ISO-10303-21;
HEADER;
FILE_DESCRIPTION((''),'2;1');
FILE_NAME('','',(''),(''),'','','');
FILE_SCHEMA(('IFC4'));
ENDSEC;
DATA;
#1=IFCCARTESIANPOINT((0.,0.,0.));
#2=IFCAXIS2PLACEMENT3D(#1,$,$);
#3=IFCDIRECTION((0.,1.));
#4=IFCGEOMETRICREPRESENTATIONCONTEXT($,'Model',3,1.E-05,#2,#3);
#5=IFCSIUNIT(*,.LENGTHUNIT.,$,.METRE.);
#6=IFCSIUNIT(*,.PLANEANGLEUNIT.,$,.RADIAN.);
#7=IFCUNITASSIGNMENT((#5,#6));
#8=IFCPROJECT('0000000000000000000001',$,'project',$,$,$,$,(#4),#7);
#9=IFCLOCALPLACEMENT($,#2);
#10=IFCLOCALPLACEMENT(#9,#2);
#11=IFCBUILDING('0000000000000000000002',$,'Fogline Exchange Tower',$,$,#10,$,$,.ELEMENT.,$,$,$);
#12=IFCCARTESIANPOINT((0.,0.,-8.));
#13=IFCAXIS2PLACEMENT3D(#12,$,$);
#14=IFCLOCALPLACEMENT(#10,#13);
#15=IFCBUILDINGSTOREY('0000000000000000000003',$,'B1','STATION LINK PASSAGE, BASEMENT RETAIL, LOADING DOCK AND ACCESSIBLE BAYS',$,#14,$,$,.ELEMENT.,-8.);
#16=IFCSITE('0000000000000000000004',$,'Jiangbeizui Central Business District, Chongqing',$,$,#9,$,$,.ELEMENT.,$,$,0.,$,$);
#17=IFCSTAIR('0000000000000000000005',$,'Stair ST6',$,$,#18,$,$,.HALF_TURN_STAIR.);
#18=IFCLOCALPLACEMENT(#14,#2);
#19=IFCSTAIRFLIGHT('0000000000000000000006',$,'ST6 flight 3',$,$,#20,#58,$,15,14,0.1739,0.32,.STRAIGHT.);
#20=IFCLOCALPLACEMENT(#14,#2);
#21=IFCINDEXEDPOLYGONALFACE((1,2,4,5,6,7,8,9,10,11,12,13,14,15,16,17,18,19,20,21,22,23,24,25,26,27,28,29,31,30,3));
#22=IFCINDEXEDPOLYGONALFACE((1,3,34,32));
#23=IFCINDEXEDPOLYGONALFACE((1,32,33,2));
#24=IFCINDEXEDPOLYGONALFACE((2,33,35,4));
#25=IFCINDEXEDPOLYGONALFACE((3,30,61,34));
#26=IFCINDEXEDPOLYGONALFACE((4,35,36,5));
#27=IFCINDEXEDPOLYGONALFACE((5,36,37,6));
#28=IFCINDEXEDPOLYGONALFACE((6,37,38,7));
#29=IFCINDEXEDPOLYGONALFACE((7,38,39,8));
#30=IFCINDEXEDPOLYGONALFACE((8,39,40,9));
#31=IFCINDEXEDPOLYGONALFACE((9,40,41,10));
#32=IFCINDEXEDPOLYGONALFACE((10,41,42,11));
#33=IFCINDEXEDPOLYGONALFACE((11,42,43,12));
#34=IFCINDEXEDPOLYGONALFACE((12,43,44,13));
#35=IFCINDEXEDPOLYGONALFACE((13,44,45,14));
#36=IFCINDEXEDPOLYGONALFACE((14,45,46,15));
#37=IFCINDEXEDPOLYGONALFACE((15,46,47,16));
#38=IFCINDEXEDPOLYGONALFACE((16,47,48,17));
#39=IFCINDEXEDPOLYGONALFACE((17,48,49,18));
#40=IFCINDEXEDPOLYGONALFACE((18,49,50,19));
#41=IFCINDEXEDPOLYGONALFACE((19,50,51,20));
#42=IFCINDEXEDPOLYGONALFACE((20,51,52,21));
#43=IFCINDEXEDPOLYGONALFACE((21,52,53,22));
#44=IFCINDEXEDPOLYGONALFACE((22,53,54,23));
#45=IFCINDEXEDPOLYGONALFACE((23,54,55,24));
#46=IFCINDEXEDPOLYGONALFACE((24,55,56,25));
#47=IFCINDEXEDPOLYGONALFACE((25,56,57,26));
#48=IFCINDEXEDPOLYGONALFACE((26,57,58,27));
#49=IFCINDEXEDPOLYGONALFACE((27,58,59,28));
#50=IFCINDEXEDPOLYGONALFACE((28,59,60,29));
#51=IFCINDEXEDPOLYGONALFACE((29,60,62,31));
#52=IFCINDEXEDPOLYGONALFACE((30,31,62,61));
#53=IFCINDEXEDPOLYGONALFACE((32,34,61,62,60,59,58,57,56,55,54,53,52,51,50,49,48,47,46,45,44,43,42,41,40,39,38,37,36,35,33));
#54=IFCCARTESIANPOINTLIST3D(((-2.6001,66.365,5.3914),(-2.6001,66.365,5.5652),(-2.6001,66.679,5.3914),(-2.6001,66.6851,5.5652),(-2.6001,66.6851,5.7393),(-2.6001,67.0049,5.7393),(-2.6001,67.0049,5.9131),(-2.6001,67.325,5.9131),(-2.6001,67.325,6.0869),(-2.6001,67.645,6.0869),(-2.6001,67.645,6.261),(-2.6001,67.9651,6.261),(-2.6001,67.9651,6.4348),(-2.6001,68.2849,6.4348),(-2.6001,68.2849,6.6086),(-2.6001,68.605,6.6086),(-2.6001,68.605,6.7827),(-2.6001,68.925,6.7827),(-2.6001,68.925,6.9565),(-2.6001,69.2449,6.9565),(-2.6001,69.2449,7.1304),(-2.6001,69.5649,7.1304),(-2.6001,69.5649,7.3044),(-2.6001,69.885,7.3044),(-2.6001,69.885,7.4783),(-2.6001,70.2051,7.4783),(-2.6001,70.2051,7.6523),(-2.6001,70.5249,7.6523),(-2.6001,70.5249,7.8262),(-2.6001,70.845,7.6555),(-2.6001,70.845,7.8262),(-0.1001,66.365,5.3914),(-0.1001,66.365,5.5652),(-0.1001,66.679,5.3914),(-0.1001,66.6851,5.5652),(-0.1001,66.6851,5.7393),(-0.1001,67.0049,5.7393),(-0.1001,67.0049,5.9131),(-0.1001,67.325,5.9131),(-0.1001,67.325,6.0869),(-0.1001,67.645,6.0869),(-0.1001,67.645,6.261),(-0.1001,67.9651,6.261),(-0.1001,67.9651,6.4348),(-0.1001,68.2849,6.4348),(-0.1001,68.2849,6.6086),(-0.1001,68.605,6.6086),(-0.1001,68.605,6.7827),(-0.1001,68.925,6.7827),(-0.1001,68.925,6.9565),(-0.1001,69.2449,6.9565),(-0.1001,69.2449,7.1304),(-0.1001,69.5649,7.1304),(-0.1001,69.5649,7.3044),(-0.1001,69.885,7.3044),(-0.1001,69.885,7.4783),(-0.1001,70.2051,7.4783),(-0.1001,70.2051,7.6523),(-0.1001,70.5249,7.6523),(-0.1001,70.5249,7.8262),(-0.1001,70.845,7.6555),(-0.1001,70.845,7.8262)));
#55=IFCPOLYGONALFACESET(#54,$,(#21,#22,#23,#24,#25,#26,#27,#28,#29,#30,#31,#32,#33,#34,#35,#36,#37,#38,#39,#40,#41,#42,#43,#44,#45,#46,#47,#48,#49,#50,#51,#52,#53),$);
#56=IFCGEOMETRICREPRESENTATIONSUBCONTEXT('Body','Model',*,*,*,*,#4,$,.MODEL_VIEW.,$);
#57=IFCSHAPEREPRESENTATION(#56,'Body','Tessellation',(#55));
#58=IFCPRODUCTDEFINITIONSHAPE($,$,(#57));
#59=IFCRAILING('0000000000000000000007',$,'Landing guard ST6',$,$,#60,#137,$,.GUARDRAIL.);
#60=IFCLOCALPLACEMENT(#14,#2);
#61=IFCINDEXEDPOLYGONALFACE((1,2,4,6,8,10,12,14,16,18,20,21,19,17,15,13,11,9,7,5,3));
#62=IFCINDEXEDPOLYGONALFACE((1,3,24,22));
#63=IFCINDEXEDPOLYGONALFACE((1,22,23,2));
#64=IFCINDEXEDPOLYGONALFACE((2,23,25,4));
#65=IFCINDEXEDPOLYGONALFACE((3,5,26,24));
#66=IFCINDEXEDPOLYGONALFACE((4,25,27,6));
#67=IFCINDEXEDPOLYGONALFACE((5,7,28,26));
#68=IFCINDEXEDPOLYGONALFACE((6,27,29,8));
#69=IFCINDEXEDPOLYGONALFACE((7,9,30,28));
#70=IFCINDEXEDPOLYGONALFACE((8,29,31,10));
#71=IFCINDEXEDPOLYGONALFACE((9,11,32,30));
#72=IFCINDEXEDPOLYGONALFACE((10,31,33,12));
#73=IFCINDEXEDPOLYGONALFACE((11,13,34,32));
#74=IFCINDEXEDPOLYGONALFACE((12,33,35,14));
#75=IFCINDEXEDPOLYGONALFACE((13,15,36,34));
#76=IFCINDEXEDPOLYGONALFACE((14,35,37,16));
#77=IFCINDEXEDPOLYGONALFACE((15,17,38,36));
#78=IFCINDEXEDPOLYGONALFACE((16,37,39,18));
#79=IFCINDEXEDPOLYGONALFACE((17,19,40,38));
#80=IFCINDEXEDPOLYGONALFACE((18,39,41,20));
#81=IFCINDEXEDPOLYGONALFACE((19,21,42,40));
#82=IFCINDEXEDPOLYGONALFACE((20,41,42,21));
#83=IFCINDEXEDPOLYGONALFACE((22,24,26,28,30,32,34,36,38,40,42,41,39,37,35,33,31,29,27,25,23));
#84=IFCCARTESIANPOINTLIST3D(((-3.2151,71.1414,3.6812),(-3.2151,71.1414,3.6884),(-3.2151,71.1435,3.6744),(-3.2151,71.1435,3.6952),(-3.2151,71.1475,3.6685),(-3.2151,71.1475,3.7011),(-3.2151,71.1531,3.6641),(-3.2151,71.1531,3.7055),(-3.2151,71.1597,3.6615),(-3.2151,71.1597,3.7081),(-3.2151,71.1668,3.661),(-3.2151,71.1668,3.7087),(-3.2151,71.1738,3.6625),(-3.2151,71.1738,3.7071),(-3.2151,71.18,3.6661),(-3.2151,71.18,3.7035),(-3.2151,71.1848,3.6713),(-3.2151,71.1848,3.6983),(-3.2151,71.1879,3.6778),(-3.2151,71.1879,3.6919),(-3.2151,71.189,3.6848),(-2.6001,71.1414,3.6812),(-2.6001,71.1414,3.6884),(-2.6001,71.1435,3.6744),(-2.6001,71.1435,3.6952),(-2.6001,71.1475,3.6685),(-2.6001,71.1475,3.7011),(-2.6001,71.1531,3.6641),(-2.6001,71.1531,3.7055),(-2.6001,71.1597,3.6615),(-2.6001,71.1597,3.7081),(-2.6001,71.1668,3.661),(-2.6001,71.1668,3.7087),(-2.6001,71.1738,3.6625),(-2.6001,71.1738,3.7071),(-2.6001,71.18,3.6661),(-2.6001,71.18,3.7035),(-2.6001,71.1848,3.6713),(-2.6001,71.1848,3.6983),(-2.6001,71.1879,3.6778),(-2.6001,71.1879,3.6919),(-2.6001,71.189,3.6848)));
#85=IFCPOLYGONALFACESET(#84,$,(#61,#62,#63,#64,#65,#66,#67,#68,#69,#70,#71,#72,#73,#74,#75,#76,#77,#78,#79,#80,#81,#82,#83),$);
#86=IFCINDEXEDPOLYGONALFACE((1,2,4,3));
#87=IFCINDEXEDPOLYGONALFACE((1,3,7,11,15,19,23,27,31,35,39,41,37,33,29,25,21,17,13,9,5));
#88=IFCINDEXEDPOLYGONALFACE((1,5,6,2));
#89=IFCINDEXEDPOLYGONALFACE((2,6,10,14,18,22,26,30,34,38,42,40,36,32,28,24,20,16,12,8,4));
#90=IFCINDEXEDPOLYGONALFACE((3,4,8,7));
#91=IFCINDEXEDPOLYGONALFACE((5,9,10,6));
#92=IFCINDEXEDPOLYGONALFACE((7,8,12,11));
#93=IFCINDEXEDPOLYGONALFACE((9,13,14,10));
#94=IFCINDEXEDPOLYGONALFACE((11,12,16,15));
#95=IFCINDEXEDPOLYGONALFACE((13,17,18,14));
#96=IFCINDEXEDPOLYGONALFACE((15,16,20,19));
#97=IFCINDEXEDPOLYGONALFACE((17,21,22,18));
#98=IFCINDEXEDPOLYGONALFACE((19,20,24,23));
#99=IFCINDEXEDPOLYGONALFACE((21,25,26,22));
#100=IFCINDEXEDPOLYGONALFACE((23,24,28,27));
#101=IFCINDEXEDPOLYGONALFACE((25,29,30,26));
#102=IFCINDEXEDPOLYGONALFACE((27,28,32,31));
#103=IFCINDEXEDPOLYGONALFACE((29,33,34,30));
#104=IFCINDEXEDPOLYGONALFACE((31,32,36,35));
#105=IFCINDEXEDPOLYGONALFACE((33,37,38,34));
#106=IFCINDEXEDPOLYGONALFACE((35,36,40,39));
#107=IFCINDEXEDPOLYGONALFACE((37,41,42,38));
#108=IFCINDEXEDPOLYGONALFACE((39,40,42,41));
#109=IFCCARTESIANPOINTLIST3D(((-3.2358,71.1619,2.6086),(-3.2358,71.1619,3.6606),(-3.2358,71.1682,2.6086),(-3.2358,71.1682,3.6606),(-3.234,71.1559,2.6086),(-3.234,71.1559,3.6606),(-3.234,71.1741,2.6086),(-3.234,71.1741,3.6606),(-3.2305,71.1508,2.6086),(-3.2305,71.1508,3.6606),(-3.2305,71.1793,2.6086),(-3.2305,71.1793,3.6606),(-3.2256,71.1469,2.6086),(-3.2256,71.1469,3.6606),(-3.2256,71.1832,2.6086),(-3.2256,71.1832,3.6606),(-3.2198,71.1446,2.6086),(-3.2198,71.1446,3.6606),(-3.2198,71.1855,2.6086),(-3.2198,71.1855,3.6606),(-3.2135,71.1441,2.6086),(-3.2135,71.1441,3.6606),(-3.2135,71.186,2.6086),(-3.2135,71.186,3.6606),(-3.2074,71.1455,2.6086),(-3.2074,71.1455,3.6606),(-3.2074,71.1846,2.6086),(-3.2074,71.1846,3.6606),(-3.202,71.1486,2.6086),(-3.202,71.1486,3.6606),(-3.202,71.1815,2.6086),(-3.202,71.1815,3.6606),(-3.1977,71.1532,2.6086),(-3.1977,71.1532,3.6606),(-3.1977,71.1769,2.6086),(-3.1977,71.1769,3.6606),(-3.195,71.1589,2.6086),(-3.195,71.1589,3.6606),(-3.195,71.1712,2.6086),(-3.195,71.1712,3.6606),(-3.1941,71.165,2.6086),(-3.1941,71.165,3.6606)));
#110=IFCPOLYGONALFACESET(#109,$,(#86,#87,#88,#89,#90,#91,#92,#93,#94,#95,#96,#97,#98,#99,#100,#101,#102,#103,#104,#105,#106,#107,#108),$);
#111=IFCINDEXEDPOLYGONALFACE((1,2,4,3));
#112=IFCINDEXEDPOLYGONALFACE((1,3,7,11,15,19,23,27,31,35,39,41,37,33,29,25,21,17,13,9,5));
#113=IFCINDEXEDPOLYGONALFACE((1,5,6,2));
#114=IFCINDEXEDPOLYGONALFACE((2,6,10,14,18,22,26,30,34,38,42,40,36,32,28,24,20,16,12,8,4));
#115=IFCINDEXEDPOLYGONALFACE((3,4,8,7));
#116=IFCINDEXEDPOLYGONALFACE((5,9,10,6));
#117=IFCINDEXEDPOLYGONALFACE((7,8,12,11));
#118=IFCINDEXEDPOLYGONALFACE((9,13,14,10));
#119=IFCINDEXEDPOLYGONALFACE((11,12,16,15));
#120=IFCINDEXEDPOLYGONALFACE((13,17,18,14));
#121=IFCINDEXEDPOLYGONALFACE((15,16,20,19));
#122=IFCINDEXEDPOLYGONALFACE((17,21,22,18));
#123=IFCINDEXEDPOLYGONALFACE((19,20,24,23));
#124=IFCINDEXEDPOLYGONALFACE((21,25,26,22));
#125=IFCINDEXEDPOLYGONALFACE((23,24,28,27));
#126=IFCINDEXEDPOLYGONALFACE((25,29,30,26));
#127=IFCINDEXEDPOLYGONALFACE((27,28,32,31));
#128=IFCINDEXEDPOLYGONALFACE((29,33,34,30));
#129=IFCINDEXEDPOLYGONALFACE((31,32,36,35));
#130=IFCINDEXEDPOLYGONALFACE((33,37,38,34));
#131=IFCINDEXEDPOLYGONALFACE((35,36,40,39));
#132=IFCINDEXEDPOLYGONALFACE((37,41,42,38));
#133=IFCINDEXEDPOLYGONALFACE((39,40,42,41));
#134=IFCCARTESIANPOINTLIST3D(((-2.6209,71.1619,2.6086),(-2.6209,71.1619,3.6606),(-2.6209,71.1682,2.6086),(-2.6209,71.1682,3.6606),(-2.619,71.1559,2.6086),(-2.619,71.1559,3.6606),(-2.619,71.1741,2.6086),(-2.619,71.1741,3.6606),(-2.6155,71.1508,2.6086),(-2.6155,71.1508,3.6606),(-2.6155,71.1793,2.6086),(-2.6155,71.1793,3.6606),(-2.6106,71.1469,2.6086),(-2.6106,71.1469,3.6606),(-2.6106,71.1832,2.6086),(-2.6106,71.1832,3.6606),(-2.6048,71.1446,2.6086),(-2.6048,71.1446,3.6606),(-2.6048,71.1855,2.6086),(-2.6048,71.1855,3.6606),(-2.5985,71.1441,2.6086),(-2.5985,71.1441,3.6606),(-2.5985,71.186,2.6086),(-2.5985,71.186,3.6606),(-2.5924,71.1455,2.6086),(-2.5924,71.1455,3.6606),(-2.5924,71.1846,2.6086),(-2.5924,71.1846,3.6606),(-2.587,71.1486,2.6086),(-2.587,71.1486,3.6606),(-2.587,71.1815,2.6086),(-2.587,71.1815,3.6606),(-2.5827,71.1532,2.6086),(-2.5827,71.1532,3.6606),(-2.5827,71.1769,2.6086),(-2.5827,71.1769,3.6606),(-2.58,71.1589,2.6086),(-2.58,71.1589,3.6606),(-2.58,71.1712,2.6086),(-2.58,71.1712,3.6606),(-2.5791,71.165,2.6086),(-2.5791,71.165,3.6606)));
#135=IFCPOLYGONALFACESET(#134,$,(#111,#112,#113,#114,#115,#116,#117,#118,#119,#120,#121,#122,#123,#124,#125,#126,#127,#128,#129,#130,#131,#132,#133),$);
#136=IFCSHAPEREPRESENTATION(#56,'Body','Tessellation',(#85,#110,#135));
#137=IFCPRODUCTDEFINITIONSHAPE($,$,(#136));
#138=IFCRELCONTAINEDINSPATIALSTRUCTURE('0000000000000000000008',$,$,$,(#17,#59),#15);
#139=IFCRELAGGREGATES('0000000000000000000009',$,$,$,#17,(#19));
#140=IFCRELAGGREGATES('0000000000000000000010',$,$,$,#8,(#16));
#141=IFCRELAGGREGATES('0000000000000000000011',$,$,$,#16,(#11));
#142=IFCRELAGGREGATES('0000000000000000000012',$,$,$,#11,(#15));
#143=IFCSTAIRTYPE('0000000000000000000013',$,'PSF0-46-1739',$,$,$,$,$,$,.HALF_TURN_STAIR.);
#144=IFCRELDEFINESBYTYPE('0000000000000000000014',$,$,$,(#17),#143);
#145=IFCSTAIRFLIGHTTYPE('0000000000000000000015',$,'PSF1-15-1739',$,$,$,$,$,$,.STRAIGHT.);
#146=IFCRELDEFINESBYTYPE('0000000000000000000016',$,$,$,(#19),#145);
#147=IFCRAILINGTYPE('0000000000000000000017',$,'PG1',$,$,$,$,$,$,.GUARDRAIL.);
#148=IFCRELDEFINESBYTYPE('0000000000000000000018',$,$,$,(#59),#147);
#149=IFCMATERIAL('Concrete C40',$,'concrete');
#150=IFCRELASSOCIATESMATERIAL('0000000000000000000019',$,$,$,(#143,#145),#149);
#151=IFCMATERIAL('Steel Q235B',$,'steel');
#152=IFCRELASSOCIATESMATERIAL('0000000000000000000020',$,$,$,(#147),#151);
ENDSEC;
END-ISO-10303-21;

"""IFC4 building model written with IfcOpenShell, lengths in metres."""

from ifc_helpers import new_model, si_unit, direction, frame, origin, origin_2d, place, context, subcontext, project, spatial, polyline, circle, outline, extrude, material, type_object, element, aggregate, save


model = new_model("IFC4")

# Units and contexts
model_context = context("Model", 3, precision=1e-05, world=origin(), true_north=direction((0.0, 1.0)))
body_context = subcontext(model_context, "Body", "Model", "MODEL_VIEW")
ifc_project = project(units=[si_unit("LENGTHUNIT", "METRE"), si_unit("PLANEANGLEUNIT", "RADIAN")], contexts=[model_context])

# Site, building, storey
site_placement = place(None, origin())
site = spatial("IfcSite", under=ifc_project, at=site_placement, Name="Jiangbeizui Central Business District, Chongqing", CompositionType="ELEMENT", RefElevation=0.0)
building_placement = place(site_placement, origin())
building = spatial("IfcBuilding", under=site, at=building_placement, Name="Fogline Exchange Tower", CompositionType="ELEMENT")
storey_placement = place(building_placement, frame((0.0, 0.0, -8.0)))
storey = spatial("IfcBuildingStorey", under=building, at=storey_placement, Name="B1", Description="STATION LINK PASSAGE, BASEMENT RETAIL, LOADING DOCK AND ACCESSIBLE BAYS", CompositionType="ELEMENT", Elevation=-8.0)

# Shared definitions
ifc_material_1 = material(Name="Concrete C40", Category="concrete")

# Stair, stair flight
stair_type = type_object("IfcStairType", Name="PSF0-46-1739", PredefinedType="HALF_TURN_STAIR", material=ifc_material_1)
stair_placement = place(storey_placement, origin())
stair = element("IfcStair", 1, at=stair_placement, inside=storey, type_object=stair_type, Name="Stair ST6", PredefinedType="HALF_TURN_STAIR")
stair_flight_type = type_object("IfcStairFlightType", Name="PSF1-15-1739", PredefinedType="STRAIGHT", material=ifc_material_1)
stair_flight_1_placement = place(storey_placement, frame((-1.3501, 66.365, 5.3914), z_axis=(0.0, 0.0, 1.0), x_axis=(0.0, 1.0, 0.0)))
stair_flight_1 = element("IfcStairFlight", 2, at=stair_flight_1_placement, type_object=stair_flight_type, Name="ST6 flight 3", NumberOfRisers=15, NumberOfTreads=14, PredefinedType="STRAIGHT", RiserHeight=0.1739, TreadLength=0.32, context=body_context, shape_type="SweptSolid", body=[
    extrude(outline(polyline([(0.0, 0.0), (0.0, 0.1738), (0.3201, 0.1738), (0.3201, 0.3479), (0.6399, 0.3479), (0.6399, 0.5217), (0.96, 0.5217), (0.96, 0.6956), (1.28, 0.6956), (1.28, 0.8696), (1.6001, 0.8696), (1.6001, 1.0435), (1.9199, 1.0435), (1.9199, 1.2173), (2.24, 1.2173), (2.24, 1.3914), (2.5601, 1.3914), (2.5601, 1.5652), (2.8799, 1.5652), (2.8799, 1.739), (3.2, 1.739), (3.2, 1.9131), (3.52, 1.9131), (3.52, 2.0869), (3.8401, 2.0869), (3.8401, 2.261), (4.1599, 2.261), (4.1599, 2.4348), (4.48, 2.4348), (4.48, 2.6086), (4.48, 2.2642), (0.314, 0.0), (0.0, 0.0)])), frame((0.0, 1.25, 0.0), z_axis=(0.0, -1.0, 0.0), x_axis=(1.0, 0.0, 0.0)), (0.0, 0.0, 1.0), 2.5),
])
aggregate(stair, [stair_flight_1])

# Railing
ifc_material_2 = material(Name="Steel Q235B", Category="steel")
railing_type_1 = type_object("IfcRailingType", Name="PG1", PredefinedType="GUARDRAIL", material=ifc_material_2)
for number, where, name in (
    (3, (-3.2151, 71.165, 2.6086), "Landing guard ST6"),
):
    element("IfcRailing", number, at=place(storey_placement, frame(where)), inside=storey, type_object=railing_type_1, Name=name, PredefinedType="GUARDRAIL", context=body_context, shape_type="SweptSolid", body=[
        extrude(circle(Radius=0.0239, at=origin_2d()), frame((0.0, 0.0, 1.0762), z_axis=(1.0, 0.0, 0.0), x_axis=(0.0, 1.0, 0.0)), (0.0, 0.0, 1.0), 0.615),
        extrude(circle(Radius=0.021, at=origin_2d()), origin(), (0.0, 0.0, 1.0), 1.052),
        extrude(circle(Radius=0.021, at=origin_2d()), frame((0.615, 0.0, 0.0)), (0.0, 0.0, 1.0), 1.052),
    ])

save(model, "model.ifc")
